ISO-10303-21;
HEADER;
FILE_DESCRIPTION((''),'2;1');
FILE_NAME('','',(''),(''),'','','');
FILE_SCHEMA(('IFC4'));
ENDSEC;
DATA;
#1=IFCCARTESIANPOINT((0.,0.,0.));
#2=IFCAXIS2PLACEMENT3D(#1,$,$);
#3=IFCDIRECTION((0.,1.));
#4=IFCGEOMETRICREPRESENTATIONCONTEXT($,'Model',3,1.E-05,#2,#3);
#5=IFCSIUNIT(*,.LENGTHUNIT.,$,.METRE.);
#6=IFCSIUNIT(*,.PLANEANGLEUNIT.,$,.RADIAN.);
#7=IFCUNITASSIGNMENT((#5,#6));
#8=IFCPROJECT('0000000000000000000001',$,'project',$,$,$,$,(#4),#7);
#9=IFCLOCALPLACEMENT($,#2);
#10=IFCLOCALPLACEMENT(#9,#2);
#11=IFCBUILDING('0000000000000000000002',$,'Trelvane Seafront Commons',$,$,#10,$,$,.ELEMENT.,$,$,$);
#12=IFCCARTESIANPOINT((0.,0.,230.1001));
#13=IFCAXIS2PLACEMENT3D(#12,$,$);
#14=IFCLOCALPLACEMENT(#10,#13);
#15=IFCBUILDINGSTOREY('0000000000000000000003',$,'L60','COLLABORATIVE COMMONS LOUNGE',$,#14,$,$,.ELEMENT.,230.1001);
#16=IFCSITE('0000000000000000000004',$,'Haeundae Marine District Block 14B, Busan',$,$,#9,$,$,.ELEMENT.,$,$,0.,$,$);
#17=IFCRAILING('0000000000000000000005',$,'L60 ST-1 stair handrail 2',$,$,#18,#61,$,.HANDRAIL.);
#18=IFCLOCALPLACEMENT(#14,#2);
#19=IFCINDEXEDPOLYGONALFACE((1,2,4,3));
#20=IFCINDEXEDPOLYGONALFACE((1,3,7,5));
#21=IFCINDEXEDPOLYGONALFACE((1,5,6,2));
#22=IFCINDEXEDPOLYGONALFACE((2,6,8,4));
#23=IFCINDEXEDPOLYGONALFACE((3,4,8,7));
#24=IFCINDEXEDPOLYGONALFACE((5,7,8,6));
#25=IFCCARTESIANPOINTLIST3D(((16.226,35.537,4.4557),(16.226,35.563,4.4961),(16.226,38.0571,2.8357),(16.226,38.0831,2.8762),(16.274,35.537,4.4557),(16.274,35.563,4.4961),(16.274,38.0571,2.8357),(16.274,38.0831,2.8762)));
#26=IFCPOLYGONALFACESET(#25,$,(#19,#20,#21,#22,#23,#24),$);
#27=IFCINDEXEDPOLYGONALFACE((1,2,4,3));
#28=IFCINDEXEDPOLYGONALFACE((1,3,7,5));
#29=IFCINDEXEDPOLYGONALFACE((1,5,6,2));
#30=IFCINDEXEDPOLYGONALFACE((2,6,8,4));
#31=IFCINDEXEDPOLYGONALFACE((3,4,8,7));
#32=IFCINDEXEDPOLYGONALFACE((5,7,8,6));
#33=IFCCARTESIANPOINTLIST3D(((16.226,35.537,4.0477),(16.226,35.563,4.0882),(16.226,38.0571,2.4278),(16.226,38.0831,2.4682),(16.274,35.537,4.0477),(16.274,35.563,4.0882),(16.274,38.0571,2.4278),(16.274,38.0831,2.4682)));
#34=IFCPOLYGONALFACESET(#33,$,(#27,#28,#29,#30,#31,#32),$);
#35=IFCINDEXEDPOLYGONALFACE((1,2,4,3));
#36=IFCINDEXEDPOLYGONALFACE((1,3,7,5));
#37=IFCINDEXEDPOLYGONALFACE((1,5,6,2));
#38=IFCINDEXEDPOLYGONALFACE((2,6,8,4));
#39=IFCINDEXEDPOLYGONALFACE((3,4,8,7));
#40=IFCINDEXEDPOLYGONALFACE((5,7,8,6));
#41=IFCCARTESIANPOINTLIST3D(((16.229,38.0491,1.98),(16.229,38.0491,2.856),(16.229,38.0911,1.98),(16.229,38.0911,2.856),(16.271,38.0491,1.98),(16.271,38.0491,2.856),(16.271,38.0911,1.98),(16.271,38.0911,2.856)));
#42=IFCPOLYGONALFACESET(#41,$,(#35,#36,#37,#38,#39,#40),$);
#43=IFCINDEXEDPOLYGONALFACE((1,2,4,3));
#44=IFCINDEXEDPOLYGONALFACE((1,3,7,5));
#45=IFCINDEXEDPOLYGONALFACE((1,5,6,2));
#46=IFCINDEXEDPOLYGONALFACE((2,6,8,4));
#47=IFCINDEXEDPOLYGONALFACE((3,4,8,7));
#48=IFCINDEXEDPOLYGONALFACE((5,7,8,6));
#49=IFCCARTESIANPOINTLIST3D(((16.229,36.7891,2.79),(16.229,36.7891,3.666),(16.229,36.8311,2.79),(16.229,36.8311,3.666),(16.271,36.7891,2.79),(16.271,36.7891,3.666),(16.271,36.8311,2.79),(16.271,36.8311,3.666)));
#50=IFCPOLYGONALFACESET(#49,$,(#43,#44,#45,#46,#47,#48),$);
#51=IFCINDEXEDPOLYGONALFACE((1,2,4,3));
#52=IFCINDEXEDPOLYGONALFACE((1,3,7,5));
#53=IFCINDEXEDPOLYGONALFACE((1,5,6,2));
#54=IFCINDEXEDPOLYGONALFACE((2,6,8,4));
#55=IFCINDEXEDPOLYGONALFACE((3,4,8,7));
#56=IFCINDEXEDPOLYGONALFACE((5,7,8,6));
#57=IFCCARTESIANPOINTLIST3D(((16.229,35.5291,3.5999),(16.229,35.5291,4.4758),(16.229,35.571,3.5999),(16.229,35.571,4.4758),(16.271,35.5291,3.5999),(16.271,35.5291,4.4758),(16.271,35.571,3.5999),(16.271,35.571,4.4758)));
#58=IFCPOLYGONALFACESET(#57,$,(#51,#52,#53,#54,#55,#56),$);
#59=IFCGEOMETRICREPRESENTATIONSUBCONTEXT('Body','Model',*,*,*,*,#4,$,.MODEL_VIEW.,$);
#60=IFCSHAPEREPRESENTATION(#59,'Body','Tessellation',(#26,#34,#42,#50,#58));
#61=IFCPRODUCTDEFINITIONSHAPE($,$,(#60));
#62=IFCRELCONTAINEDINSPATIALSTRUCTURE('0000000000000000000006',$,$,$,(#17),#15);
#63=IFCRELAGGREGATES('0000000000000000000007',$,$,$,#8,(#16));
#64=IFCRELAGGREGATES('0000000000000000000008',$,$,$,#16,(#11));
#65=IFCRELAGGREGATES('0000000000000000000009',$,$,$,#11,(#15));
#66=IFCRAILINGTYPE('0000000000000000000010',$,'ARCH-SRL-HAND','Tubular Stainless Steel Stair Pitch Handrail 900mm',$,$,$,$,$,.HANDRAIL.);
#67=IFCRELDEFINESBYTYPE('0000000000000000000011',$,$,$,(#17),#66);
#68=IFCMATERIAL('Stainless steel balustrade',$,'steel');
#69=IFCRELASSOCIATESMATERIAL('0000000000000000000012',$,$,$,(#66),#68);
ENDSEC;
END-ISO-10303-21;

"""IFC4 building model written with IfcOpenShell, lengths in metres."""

from ifc_helpers import new_model, si_unit, direction, frame, origin, origin_2d, place, context, subcontext, project, spatial, rectangle, extrude, material, type_object, element, save


model = new_model("IFC4")

# Units and contexts
model_context = context("Model", 3, precision=1e-05, world=origin(), true_north=direction((0.0, 1.0)))
body_context = subcontext(model_context, "Body", "Model", "MODEL_VIEW")
ifc_project = project(units=[si_unit("LENGTHUNIT", "METRE"), si_unit("PLANEANGLEUNIT", "RADIAN")], contexts=[model_context])

# Site, building, storey
site_placement = place(None, origin())
site = spatial("IfcSite", under=ifc_project, at=site_placement, Name="Haeundae Marine District Block 14B, Busan", CompositionType="ELEMENT", RefElevation=0.0)
building_placement = place(site_placement, origin())
building = spatial("IfcBuilding", under=site, at=building_placement, Name="Trelvane Seafront Commons", CompositionType="ELEMENT")
storey_placement = place(building_placement, frame((0.0, 0.0, 230.1001)))
storey = spatial("IfcBuildingStorey", under=building, at=storey_placement, Name="L60", Description="COLLABORATIVE COMMONS LOUNGE", CompositionType="ELEMENT", Elevation=230.1001)

# Shared definitions
ifc_material_1 = material(Name="Stainless steel balustrade", Category="steel")

# Railing
railing_type_1 = type_object("IfcRailingType", Name="ARCH-SRL-HAND", Description="Tubular Stainless Steel Stair Pitch Handrail 900mm", PredefinedType="HANDRAIL", material=ifc_material_1)
railing_1_placement = place(storey_placement, frame((16.25, 38.0701, 1.98)))
element("IfcRailing", 1, at=railing_1_placement, inside=storey, type_object=railing_type_1, Name="L60 ST-1 stair handrail 2", PredefinedType="HANDRAIL", context=body_context, shape_type="SweptSolid", body=[
    extrude(rectangle(XDim=0.0481, YDim=0.0481, at=origin_2d()), frame((0.0, 0.0, 0.876), z_axis=(0.0, -0.8412, 0.540725), x_axis=(1.0, 0.0, 0.0)), (0.0, 0.0, 1.0), 2.9958),
    extrude(rectangle(XDim=0.0481, YDim=0.0481, at=origin_2d()), frame((0.0, 0.0, 0.468), z_axis=(0.0, -0.8412, 0.540725), x_axis=(1.0, 0.0, 0.0)), (0.0, 0.0, 1.0), 2.9958),
    extrude(rectangle(XDim=0.042, YDim=0.042, at=origin_2d()), origin(), (0.0, 0.0, 1.0), 0.876),
    extrude(rectangle(XDim=0.042, YDim=0.042, at=origin_2d()), frame((0.0, -1.26, 0.8101)), (0.0, 0.0, 1.0), 0.876),
    extrude(rectangle(XDim=0.042, YDim=0.042, at=origin_2d()), frame((0.0, -2.52, 1.6199)), (0.0, 0.0, 1.0), 0.876),
])

save(model, "model.ifc")
